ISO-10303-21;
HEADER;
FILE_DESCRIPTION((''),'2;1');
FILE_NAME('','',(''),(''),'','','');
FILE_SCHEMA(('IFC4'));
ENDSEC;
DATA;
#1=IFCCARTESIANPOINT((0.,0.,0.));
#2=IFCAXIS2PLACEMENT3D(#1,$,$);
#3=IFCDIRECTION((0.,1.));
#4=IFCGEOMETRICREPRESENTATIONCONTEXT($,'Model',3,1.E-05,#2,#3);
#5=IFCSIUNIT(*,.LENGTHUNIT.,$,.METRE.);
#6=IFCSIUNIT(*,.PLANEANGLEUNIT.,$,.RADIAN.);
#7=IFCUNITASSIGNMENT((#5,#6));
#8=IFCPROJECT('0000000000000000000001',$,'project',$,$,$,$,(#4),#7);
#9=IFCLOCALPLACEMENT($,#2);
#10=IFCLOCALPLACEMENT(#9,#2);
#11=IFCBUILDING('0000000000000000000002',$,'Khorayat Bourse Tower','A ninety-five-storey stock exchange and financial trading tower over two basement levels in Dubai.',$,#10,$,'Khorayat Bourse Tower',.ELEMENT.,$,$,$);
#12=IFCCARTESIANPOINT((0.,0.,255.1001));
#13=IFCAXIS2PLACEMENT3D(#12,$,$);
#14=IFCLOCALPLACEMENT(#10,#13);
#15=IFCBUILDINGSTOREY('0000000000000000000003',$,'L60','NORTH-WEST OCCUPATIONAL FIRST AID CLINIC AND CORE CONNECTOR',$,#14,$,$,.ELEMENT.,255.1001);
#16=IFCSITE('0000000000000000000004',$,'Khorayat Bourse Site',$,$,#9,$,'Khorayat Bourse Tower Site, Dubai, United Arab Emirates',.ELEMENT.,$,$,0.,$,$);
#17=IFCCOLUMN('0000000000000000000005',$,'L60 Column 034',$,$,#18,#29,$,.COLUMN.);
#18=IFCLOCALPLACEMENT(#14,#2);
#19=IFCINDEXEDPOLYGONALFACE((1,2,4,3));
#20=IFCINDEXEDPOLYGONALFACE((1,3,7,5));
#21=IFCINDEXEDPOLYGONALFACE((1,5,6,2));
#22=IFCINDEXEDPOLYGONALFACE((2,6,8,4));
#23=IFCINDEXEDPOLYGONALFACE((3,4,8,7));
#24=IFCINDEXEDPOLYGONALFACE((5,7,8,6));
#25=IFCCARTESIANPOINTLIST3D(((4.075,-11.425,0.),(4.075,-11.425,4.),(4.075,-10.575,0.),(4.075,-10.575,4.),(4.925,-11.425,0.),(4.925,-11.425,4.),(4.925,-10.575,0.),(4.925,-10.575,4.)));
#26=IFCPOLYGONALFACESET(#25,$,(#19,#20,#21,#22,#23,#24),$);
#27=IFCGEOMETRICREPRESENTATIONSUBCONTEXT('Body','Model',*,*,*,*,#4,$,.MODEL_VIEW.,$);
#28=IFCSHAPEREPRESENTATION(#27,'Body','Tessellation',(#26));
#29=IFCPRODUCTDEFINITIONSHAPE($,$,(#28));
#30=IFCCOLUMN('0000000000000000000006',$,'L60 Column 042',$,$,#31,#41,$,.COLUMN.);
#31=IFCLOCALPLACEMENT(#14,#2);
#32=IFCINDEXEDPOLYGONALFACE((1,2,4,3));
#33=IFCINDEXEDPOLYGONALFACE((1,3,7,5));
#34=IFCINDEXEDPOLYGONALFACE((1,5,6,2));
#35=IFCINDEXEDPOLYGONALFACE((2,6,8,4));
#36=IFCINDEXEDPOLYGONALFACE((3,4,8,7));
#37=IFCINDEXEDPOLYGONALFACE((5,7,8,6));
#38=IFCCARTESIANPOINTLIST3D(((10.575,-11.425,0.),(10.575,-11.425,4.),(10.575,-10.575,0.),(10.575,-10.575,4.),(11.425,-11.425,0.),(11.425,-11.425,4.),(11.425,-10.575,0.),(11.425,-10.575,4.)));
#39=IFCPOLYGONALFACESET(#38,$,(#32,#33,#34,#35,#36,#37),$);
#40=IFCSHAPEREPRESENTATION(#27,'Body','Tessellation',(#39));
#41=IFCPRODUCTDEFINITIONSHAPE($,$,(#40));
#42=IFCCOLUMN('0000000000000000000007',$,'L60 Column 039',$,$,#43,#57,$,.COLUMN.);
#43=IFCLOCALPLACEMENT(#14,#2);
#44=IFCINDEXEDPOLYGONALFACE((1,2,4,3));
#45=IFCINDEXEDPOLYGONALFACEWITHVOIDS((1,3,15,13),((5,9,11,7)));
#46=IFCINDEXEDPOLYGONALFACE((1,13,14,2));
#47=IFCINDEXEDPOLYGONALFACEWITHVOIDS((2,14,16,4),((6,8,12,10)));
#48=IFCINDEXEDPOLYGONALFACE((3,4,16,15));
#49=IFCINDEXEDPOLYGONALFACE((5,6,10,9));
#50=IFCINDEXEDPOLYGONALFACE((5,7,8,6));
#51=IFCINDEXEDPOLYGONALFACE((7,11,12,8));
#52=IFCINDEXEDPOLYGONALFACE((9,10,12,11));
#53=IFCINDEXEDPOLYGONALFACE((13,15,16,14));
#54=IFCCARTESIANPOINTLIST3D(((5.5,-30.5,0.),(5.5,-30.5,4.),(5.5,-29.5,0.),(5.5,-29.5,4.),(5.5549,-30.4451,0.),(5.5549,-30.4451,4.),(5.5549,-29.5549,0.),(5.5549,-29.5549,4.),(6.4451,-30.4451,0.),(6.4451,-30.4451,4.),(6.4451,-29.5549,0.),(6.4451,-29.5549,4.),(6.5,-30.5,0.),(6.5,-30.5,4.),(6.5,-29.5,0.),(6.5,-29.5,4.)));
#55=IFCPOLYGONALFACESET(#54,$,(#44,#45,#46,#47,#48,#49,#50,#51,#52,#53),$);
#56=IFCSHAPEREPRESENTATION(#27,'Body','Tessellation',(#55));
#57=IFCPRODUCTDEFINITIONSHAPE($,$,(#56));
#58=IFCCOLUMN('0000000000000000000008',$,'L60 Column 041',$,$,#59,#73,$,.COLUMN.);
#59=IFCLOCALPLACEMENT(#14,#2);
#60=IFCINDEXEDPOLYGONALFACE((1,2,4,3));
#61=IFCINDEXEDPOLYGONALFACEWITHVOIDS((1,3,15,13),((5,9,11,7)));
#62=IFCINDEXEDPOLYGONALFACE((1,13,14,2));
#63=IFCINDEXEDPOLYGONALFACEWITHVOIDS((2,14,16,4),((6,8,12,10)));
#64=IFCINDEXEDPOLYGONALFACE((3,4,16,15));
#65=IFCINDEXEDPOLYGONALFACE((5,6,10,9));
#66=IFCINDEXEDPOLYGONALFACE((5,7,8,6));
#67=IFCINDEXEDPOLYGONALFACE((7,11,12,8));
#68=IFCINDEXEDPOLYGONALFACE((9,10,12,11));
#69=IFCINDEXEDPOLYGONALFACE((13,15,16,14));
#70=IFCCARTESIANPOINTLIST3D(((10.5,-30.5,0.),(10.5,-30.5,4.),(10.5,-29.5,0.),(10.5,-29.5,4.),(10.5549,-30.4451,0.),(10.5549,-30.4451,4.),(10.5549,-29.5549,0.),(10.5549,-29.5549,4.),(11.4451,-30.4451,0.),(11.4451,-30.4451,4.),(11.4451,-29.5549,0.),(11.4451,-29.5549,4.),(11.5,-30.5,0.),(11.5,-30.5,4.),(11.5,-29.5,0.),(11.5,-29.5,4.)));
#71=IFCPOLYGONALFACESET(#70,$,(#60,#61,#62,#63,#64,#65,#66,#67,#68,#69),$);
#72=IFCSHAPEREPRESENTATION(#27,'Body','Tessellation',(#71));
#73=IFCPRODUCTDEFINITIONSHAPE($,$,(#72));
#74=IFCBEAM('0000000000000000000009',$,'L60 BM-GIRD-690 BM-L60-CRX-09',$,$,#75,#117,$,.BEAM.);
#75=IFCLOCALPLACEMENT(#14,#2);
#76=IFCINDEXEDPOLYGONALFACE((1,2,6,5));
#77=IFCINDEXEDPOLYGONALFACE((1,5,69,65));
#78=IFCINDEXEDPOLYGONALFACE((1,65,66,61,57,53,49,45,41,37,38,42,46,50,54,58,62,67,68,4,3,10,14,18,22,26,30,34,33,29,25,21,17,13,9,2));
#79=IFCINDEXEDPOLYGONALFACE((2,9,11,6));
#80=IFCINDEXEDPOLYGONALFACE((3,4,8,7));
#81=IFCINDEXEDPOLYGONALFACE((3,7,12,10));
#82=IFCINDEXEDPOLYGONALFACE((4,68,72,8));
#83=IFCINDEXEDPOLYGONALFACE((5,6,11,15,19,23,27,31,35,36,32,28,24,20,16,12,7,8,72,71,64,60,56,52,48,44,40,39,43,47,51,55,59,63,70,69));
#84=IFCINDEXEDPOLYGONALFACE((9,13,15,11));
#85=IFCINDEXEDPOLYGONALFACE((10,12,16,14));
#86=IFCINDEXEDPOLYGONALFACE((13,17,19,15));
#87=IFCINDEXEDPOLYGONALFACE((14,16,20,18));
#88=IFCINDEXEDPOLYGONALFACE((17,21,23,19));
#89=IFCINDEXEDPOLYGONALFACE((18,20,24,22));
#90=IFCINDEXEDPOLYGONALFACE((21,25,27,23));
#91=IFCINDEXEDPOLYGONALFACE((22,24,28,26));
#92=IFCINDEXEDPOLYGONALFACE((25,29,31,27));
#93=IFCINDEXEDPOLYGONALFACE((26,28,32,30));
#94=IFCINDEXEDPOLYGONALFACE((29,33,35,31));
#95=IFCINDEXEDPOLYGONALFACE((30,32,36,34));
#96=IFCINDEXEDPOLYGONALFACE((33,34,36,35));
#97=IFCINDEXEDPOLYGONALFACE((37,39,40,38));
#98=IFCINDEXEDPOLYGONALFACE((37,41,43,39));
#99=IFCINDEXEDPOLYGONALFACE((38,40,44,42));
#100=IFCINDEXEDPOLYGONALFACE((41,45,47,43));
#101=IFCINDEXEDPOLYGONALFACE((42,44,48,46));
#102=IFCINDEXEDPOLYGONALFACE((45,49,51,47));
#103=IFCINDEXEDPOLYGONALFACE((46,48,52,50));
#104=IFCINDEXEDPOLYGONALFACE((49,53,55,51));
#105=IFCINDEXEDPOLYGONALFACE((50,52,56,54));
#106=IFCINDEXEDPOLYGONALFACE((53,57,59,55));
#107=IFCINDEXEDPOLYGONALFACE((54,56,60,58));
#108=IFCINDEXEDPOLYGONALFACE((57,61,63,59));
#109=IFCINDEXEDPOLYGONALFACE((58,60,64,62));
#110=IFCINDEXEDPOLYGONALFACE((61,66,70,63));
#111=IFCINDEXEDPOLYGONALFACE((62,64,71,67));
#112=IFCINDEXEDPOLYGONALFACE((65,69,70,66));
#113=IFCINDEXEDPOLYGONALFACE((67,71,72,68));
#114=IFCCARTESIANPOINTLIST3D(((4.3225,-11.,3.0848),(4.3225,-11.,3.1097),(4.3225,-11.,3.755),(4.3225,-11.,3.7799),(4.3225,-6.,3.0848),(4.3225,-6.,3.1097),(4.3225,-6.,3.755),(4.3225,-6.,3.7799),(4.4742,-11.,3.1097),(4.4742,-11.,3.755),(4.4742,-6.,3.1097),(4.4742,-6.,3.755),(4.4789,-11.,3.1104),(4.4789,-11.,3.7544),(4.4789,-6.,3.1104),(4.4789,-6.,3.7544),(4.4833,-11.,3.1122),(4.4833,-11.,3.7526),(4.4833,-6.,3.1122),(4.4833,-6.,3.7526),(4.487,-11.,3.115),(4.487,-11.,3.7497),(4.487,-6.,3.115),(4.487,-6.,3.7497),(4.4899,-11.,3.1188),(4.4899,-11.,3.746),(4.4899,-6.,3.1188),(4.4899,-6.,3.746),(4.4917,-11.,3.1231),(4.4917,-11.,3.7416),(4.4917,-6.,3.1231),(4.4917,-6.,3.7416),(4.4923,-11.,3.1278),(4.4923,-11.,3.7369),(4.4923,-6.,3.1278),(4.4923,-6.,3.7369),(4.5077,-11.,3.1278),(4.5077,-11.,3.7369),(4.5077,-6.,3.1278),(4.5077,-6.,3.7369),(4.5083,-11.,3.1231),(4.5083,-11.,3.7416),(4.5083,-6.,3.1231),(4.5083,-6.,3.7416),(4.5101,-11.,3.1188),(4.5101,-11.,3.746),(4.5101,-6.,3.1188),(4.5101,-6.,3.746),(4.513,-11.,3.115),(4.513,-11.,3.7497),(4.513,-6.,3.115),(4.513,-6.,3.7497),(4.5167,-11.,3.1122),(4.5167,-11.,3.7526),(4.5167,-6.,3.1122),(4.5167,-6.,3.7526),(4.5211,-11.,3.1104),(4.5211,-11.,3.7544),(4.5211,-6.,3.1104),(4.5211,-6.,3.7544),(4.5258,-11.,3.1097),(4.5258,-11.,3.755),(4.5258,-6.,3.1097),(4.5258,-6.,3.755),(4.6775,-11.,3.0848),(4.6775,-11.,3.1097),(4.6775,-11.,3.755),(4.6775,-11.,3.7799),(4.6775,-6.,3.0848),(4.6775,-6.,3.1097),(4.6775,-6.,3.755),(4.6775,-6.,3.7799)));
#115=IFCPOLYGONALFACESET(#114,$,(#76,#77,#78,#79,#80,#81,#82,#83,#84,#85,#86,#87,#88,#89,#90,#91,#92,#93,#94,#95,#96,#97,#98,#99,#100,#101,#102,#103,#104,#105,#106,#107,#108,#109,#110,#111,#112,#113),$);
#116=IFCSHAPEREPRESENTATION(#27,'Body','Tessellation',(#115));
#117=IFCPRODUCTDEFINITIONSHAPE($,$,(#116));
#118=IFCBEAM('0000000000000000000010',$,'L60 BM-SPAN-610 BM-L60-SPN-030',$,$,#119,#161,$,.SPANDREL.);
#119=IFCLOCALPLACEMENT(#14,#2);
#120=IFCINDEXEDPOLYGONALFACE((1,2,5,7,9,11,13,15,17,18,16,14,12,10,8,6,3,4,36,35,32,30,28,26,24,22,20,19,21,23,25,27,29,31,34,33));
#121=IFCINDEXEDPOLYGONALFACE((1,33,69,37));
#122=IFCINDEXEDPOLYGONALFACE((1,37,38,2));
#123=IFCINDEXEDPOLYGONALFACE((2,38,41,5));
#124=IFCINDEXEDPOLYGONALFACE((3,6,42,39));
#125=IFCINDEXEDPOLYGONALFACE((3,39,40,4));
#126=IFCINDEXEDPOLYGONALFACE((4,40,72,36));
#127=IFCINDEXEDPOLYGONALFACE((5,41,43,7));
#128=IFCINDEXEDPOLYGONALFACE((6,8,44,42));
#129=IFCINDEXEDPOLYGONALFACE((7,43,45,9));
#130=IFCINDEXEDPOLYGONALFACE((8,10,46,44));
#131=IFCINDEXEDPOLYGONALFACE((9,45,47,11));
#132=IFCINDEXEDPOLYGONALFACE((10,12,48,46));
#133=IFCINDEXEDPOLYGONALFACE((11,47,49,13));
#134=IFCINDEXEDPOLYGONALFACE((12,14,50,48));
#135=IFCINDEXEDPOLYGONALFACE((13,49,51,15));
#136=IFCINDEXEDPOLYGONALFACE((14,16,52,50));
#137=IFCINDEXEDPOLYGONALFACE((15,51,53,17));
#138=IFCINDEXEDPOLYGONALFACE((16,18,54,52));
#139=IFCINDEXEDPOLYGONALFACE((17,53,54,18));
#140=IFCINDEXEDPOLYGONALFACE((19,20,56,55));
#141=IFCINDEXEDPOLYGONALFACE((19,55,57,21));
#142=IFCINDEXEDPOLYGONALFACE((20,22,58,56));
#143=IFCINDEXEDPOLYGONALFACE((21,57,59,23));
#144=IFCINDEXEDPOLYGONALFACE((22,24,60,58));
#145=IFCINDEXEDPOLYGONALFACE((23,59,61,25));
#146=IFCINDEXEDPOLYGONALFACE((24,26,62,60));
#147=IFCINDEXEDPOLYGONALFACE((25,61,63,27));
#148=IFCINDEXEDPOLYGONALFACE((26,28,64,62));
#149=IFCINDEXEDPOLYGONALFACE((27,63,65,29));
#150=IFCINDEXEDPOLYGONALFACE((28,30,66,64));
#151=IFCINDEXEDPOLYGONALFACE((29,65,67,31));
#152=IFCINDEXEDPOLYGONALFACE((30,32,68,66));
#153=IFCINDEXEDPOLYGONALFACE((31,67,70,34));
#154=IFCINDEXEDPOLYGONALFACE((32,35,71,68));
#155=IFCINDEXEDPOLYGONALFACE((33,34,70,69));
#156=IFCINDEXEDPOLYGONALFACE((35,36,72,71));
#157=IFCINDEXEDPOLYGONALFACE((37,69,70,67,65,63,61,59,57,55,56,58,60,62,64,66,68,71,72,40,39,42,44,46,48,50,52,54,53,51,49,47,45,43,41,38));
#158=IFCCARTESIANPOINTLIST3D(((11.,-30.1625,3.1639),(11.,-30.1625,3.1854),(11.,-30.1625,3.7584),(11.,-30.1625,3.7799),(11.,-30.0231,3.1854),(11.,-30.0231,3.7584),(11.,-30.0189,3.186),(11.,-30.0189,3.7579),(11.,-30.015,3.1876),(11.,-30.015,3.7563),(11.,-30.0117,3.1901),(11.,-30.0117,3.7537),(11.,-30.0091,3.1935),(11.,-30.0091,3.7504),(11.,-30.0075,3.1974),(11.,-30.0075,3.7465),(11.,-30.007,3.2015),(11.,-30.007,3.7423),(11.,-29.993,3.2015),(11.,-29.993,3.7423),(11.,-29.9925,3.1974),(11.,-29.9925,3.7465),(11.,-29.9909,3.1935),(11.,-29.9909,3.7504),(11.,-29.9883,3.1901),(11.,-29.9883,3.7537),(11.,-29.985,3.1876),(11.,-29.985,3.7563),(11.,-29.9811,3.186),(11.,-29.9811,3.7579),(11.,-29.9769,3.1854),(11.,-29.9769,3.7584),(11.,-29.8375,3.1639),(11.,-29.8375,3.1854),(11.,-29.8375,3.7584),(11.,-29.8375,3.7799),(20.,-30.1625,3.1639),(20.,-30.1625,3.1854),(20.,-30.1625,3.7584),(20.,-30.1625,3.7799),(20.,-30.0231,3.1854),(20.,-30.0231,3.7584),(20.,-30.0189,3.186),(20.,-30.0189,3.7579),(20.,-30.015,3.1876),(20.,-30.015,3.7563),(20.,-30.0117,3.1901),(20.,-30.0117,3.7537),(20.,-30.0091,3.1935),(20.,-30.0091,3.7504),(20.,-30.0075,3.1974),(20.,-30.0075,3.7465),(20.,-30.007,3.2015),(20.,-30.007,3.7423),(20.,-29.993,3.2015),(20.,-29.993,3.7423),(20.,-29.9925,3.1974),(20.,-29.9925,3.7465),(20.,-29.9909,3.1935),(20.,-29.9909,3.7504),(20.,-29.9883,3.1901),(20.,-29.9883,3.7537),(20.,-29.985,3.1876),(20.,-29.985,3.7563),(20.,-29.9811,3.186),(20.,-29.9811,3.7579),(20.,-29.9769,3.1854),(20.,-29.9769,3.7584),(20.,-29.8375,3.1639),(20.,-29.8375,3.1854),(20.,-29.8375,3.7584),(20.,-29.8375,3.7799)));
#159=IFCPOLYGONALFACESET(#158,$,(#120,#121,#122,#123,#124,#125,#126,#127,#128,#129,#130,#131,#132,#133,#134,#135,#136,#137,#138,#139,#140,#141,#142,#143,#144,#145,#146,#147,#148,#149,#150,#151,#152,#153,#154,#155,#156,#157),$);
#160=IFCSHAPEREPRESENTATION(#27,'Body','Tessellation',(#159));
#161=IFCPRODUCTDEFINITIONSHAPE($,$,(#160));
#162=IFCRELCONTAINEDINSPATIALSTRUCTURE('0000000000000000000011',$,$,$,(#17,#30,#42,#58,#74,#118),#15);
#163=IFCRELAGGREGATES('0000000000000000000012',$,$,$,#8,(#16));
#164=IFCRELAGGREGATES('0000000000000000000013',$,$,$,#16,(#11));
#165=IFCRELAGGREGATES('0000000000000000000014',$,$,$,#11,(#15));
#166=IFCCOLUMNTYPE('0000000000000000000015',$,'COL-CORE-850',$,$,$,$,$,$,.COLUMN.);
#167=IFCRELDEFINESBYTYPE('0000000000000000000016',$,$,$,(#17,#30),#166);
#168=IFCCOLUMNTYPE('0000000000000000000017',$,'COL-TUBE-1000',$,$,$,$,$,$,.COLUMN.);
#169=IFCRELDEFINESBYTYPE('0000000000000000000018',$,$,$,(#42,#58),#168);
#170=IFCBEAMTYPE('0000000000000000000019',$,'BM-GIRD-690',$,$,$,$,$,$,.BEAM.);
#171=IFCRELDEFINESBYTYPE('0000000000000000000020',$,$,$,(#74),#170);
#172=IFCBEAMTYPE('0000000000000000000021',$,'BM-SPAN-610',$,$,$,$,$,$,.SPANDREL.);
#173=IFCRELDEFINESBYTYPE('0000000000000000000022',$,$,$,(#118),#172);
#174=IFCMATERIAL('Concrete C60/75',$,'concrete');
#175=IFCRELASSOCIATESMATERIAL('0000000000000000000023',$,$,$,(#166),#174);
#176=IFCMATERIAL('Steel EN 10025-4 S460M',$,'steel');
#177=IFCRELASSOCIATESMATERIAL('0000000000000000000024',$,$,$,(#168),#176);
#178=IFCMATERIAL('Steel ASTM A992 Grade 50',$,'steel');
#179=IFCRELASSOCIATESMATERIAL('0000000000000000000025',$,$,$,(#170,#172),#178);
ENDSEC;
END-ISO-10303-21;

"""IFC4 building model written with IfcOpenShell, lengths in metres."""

from ifc_helpers import new_model, si_unit, direction, frame, origin, origin_2d, place, context, subcontext, project, spatial, rectangle, hollow_rectangle, i_section, extrude, source, transform, mapped, material, material_profile, profile_set, type_object, element, save


model = new_model("IFC4")

# Units and contexts
model_context = context("Model", 3, precision=1e-05, world=origin(), true_north=direction((0.0, 1.0)))
body_context = subcontext(model_context, "Body", "Model", "MODEL_VIEW")
ifc_project = project(units=[si_unit("LENGTHUNIT", "METRE"), si_unit("PLANEANGLEUNIT", "RADIAN")], contexts=[model_context])

# Site, building, storey
site_placement = place(None, origin())
site = spatial("IfcSite", under=ifc_project, at=site_placement, Name="Khorayat Bourse Site", LongName="Khorayat Bourse Tower Site, Dubai, United Arab Emirates", CompositionType="ELEMENT", RefElevation=0.0)
building_placement = place(site_placement, origin())
building = spatial("IfcBuilding", under=site, at=building_placement, Name="Khorayat Bourse Tower", Description="A ninety-five-storey stock exchange and financial trading tower over two basement levels in Dubai.", LongName="Khorayat Bourse Tower", CompositionType="ELEMENT")
storey_placement = place(building_placement, frame((0.0, 0.0, 255.1001)))
storey = spatial("IfcBuildingStorey", under=building, at=storey_placement, Name="L60", Description="NORTH-WEST OCCUPATIONAL FIRST AID CLINIC AND CORE CONNECTOR", CompositionType="ELEMENT", Elevation=255.1001)

# Columns
ifc_material_1 = material(Name="Concrete C60/75", Category="concrete")
ifc_material_profile_1 = material_profile(ifc_material_1, rectangle(XDim=0.8501, YDim=0.8501, at=origin_2d()), Name="RC 850x850")
ifc_profile_set_1 = profile_set([ifc_material_profile_1], Name="Concrete C60/75")
column_type_1 = type_object("IfcColumnType", Name="COL-CORE-850", PredefinedType="COLUMN", material=ifc_profile_set_1)
shared_shape_1 = source(origin(), body_context, "Body", "SweptSolid", [
    extrude(rectangle(XDim=0.8501, YDim=0.8501, at=origin_2d()), origin(), (0.0, 0.0, 1.0), 4.0),
])
for number, where, z_axis, x_axis, name in (
    (1, (4.5, -11.0, 0.0), (0.0, 0.0, 1.0), (1.0, 0.0, 0.0), "L60 Column 034"),
    (2, (11.0, -11.0, 0.0), (0.0, 0.0, 1.0), (1.0, 0.0, 0.0), "L60 Column 042"),
):
    element("IfcColumn", number, at=place(storey_placement, frame(where, z_axis=z_axis, x_axis=x_axis)), inside=storey, type_object=column_type_1, Name=name, PredefinedType="COLUMN", context=body_context, shape_type="MappedRepresentation", body=[
        mapped(shared_shape_1, transform((0.0, 0.0, 0.0), scale=1.0)),
    ])
ifc_material_2 = material(Name="Steel EN 10025-4 S460M", Category="steel")
ifc_material_profile_2 = material_profile(ifc_material_2, hollow_rectangle(XDim=1.0, YDim=1.0, WallThickness=0.0549, at=origin_2d()), Name="BOX 1000x1000x55")
ifc_profile_set_2 = profile_set([ifc_material_profile_2], Name="Steel EN 10025-4 S460M")
column_type_2 = type_object("IfcColumnType", Name="COL-TUBE-1000", PredefinedType="COLUMN", material=ifc_profile_set_2)
shared_shape_2 = source(origin(), body_context, "Body", "SweptSolid", [
    extrude(hollow_rectangle(XDim=1.0, YDim=1.0, WallThickness=0.0549, at=origin_2d()), origin(), (0.0, 0.0, 1.0), 4.0),
])
for number, where, z_axis, x_axis, name in (
    (3, (6.0, -30.0, 0.0), (0.0, 0.0, 1.0), (1.0, 0.0, 0.0), "L60 Column 039"),
    (4, (11.0, -30.0, 0.0), (0.0, 0.0, 1.0), (1.0, 0.0, 0.0), "L60 Column 041"),
):
    element("IfcColumn", number, at=place(storey_placement, frame(where, z_axis=z_axis, x_axis=x_axis)), inside=storey, type_object=column_type_2, Name=name, PredefinedType="COLUMN", context=body_context, shape_type="MappedRepresentation", body=[
        mapped(shared_shape_2, transform((0.0, 0.0, 0.0), scale=1.0)),
    ])

# Beams
ifc_material_3 = material(Name="Steel ASTM A992 Grade 50", Category="steel")
ifc_material_profile_3 = material_profile(ifc_material_3, i_section(OverallWidth=0.355, OverallDepth=0.6951, WebThickness=0.0154, FlangeThickness=0.0249, FilletRadius=0.0181, at=origin_2d()), Name="W690X217")
ifc_profile_set_3 = profile_set([ifc_material_profile_3], Name="Steel ASTM A992 Grade 50")
beam_type_1 = type_object("IfcBeamType", Name="BM-GIRD-690", PredefinedType="BEAM", material=ifc_profile_set_3)
shared_shape_3 = source(origin(), body_context, "Body", "SweptSolid", [
    extrude(i_section(OverallWidth=0.355, OverallDepth=0.6951, WebThickness=0.0154, FlangeThickness=0.0249, FilletRadius=0.0181, at=origin_2d()), origin(), (0.0, 0.0, 1.0), 5.0),
])
beam_1_placement = place(storey_placement, frame((4.5, -11.0, 3.4324), z_axis=(0.0, 1.0, 0.0), x_axis=(-1.0, 0.0, 0.0)))
element("IfcBeam", 5, at=beam_1_placement, inside=storey, type_object=beam_type_1, Name="L60 BM-GIRD-690 BM-L60-CRX-09", PredefinedType="BEAM", context=body_context, shape_type="MappedRepresentation", body=[
    mapped(shared_shape_3, transform((0.0, 0.0, 0.0), scale=1.0)),
])
ifc_material_profile_4 = material_profile(ifc_material_3, i_section(OverallWidth=0.325, OverallDepth=0.616, WebThickness=0.0139, FlangeThickness=0.0215, FilletRadius=0.0161, at=origin_2d()), Name="W610X174")
ifc_profile_set_4 = profile_set([ifc_material_profile_4], Name="Steel ASTM A992 Grade 50")
beam_type_2 = type_object("IfcBeamType", Name="BM-SPAN-610", PredefinedType="SPANDREL", material=ifc_profile_set_4)
shared_shape_4 = source(origin(), body_context, "Body", "SweptSolid", [
    extrude(i_section(OverallWidth=0.325, OverallDepth=0.616, WebThickness=0.0139, FlangeThickness=0.0215, FilletRadius=0.0161, at=origin_2d()), origin(), (0.0, 0.0, 1.0), 9.0),
])
beam_2_placement = place(storey_placement, frame((11.0, -30.0, 3.4719), z_axis=(1.0, 0.0, 0.0), x_axis=(0.0, 1.0, 0.0)))
element("IfcBeam", 6, at=beam_2_placement, inside=storey, type_object=beam_type_2, Name="L60 BM-SPAN-610 BM-L60-SPN-030", PredefinedType="SPANDREL", context=body_context, shape_type="MappedRepresentation", body=[
    mapped(shared_shape_4, transform((0.0, 0.0, 0.0), scale=1.0)),
])

save(model, "model.ifc")
